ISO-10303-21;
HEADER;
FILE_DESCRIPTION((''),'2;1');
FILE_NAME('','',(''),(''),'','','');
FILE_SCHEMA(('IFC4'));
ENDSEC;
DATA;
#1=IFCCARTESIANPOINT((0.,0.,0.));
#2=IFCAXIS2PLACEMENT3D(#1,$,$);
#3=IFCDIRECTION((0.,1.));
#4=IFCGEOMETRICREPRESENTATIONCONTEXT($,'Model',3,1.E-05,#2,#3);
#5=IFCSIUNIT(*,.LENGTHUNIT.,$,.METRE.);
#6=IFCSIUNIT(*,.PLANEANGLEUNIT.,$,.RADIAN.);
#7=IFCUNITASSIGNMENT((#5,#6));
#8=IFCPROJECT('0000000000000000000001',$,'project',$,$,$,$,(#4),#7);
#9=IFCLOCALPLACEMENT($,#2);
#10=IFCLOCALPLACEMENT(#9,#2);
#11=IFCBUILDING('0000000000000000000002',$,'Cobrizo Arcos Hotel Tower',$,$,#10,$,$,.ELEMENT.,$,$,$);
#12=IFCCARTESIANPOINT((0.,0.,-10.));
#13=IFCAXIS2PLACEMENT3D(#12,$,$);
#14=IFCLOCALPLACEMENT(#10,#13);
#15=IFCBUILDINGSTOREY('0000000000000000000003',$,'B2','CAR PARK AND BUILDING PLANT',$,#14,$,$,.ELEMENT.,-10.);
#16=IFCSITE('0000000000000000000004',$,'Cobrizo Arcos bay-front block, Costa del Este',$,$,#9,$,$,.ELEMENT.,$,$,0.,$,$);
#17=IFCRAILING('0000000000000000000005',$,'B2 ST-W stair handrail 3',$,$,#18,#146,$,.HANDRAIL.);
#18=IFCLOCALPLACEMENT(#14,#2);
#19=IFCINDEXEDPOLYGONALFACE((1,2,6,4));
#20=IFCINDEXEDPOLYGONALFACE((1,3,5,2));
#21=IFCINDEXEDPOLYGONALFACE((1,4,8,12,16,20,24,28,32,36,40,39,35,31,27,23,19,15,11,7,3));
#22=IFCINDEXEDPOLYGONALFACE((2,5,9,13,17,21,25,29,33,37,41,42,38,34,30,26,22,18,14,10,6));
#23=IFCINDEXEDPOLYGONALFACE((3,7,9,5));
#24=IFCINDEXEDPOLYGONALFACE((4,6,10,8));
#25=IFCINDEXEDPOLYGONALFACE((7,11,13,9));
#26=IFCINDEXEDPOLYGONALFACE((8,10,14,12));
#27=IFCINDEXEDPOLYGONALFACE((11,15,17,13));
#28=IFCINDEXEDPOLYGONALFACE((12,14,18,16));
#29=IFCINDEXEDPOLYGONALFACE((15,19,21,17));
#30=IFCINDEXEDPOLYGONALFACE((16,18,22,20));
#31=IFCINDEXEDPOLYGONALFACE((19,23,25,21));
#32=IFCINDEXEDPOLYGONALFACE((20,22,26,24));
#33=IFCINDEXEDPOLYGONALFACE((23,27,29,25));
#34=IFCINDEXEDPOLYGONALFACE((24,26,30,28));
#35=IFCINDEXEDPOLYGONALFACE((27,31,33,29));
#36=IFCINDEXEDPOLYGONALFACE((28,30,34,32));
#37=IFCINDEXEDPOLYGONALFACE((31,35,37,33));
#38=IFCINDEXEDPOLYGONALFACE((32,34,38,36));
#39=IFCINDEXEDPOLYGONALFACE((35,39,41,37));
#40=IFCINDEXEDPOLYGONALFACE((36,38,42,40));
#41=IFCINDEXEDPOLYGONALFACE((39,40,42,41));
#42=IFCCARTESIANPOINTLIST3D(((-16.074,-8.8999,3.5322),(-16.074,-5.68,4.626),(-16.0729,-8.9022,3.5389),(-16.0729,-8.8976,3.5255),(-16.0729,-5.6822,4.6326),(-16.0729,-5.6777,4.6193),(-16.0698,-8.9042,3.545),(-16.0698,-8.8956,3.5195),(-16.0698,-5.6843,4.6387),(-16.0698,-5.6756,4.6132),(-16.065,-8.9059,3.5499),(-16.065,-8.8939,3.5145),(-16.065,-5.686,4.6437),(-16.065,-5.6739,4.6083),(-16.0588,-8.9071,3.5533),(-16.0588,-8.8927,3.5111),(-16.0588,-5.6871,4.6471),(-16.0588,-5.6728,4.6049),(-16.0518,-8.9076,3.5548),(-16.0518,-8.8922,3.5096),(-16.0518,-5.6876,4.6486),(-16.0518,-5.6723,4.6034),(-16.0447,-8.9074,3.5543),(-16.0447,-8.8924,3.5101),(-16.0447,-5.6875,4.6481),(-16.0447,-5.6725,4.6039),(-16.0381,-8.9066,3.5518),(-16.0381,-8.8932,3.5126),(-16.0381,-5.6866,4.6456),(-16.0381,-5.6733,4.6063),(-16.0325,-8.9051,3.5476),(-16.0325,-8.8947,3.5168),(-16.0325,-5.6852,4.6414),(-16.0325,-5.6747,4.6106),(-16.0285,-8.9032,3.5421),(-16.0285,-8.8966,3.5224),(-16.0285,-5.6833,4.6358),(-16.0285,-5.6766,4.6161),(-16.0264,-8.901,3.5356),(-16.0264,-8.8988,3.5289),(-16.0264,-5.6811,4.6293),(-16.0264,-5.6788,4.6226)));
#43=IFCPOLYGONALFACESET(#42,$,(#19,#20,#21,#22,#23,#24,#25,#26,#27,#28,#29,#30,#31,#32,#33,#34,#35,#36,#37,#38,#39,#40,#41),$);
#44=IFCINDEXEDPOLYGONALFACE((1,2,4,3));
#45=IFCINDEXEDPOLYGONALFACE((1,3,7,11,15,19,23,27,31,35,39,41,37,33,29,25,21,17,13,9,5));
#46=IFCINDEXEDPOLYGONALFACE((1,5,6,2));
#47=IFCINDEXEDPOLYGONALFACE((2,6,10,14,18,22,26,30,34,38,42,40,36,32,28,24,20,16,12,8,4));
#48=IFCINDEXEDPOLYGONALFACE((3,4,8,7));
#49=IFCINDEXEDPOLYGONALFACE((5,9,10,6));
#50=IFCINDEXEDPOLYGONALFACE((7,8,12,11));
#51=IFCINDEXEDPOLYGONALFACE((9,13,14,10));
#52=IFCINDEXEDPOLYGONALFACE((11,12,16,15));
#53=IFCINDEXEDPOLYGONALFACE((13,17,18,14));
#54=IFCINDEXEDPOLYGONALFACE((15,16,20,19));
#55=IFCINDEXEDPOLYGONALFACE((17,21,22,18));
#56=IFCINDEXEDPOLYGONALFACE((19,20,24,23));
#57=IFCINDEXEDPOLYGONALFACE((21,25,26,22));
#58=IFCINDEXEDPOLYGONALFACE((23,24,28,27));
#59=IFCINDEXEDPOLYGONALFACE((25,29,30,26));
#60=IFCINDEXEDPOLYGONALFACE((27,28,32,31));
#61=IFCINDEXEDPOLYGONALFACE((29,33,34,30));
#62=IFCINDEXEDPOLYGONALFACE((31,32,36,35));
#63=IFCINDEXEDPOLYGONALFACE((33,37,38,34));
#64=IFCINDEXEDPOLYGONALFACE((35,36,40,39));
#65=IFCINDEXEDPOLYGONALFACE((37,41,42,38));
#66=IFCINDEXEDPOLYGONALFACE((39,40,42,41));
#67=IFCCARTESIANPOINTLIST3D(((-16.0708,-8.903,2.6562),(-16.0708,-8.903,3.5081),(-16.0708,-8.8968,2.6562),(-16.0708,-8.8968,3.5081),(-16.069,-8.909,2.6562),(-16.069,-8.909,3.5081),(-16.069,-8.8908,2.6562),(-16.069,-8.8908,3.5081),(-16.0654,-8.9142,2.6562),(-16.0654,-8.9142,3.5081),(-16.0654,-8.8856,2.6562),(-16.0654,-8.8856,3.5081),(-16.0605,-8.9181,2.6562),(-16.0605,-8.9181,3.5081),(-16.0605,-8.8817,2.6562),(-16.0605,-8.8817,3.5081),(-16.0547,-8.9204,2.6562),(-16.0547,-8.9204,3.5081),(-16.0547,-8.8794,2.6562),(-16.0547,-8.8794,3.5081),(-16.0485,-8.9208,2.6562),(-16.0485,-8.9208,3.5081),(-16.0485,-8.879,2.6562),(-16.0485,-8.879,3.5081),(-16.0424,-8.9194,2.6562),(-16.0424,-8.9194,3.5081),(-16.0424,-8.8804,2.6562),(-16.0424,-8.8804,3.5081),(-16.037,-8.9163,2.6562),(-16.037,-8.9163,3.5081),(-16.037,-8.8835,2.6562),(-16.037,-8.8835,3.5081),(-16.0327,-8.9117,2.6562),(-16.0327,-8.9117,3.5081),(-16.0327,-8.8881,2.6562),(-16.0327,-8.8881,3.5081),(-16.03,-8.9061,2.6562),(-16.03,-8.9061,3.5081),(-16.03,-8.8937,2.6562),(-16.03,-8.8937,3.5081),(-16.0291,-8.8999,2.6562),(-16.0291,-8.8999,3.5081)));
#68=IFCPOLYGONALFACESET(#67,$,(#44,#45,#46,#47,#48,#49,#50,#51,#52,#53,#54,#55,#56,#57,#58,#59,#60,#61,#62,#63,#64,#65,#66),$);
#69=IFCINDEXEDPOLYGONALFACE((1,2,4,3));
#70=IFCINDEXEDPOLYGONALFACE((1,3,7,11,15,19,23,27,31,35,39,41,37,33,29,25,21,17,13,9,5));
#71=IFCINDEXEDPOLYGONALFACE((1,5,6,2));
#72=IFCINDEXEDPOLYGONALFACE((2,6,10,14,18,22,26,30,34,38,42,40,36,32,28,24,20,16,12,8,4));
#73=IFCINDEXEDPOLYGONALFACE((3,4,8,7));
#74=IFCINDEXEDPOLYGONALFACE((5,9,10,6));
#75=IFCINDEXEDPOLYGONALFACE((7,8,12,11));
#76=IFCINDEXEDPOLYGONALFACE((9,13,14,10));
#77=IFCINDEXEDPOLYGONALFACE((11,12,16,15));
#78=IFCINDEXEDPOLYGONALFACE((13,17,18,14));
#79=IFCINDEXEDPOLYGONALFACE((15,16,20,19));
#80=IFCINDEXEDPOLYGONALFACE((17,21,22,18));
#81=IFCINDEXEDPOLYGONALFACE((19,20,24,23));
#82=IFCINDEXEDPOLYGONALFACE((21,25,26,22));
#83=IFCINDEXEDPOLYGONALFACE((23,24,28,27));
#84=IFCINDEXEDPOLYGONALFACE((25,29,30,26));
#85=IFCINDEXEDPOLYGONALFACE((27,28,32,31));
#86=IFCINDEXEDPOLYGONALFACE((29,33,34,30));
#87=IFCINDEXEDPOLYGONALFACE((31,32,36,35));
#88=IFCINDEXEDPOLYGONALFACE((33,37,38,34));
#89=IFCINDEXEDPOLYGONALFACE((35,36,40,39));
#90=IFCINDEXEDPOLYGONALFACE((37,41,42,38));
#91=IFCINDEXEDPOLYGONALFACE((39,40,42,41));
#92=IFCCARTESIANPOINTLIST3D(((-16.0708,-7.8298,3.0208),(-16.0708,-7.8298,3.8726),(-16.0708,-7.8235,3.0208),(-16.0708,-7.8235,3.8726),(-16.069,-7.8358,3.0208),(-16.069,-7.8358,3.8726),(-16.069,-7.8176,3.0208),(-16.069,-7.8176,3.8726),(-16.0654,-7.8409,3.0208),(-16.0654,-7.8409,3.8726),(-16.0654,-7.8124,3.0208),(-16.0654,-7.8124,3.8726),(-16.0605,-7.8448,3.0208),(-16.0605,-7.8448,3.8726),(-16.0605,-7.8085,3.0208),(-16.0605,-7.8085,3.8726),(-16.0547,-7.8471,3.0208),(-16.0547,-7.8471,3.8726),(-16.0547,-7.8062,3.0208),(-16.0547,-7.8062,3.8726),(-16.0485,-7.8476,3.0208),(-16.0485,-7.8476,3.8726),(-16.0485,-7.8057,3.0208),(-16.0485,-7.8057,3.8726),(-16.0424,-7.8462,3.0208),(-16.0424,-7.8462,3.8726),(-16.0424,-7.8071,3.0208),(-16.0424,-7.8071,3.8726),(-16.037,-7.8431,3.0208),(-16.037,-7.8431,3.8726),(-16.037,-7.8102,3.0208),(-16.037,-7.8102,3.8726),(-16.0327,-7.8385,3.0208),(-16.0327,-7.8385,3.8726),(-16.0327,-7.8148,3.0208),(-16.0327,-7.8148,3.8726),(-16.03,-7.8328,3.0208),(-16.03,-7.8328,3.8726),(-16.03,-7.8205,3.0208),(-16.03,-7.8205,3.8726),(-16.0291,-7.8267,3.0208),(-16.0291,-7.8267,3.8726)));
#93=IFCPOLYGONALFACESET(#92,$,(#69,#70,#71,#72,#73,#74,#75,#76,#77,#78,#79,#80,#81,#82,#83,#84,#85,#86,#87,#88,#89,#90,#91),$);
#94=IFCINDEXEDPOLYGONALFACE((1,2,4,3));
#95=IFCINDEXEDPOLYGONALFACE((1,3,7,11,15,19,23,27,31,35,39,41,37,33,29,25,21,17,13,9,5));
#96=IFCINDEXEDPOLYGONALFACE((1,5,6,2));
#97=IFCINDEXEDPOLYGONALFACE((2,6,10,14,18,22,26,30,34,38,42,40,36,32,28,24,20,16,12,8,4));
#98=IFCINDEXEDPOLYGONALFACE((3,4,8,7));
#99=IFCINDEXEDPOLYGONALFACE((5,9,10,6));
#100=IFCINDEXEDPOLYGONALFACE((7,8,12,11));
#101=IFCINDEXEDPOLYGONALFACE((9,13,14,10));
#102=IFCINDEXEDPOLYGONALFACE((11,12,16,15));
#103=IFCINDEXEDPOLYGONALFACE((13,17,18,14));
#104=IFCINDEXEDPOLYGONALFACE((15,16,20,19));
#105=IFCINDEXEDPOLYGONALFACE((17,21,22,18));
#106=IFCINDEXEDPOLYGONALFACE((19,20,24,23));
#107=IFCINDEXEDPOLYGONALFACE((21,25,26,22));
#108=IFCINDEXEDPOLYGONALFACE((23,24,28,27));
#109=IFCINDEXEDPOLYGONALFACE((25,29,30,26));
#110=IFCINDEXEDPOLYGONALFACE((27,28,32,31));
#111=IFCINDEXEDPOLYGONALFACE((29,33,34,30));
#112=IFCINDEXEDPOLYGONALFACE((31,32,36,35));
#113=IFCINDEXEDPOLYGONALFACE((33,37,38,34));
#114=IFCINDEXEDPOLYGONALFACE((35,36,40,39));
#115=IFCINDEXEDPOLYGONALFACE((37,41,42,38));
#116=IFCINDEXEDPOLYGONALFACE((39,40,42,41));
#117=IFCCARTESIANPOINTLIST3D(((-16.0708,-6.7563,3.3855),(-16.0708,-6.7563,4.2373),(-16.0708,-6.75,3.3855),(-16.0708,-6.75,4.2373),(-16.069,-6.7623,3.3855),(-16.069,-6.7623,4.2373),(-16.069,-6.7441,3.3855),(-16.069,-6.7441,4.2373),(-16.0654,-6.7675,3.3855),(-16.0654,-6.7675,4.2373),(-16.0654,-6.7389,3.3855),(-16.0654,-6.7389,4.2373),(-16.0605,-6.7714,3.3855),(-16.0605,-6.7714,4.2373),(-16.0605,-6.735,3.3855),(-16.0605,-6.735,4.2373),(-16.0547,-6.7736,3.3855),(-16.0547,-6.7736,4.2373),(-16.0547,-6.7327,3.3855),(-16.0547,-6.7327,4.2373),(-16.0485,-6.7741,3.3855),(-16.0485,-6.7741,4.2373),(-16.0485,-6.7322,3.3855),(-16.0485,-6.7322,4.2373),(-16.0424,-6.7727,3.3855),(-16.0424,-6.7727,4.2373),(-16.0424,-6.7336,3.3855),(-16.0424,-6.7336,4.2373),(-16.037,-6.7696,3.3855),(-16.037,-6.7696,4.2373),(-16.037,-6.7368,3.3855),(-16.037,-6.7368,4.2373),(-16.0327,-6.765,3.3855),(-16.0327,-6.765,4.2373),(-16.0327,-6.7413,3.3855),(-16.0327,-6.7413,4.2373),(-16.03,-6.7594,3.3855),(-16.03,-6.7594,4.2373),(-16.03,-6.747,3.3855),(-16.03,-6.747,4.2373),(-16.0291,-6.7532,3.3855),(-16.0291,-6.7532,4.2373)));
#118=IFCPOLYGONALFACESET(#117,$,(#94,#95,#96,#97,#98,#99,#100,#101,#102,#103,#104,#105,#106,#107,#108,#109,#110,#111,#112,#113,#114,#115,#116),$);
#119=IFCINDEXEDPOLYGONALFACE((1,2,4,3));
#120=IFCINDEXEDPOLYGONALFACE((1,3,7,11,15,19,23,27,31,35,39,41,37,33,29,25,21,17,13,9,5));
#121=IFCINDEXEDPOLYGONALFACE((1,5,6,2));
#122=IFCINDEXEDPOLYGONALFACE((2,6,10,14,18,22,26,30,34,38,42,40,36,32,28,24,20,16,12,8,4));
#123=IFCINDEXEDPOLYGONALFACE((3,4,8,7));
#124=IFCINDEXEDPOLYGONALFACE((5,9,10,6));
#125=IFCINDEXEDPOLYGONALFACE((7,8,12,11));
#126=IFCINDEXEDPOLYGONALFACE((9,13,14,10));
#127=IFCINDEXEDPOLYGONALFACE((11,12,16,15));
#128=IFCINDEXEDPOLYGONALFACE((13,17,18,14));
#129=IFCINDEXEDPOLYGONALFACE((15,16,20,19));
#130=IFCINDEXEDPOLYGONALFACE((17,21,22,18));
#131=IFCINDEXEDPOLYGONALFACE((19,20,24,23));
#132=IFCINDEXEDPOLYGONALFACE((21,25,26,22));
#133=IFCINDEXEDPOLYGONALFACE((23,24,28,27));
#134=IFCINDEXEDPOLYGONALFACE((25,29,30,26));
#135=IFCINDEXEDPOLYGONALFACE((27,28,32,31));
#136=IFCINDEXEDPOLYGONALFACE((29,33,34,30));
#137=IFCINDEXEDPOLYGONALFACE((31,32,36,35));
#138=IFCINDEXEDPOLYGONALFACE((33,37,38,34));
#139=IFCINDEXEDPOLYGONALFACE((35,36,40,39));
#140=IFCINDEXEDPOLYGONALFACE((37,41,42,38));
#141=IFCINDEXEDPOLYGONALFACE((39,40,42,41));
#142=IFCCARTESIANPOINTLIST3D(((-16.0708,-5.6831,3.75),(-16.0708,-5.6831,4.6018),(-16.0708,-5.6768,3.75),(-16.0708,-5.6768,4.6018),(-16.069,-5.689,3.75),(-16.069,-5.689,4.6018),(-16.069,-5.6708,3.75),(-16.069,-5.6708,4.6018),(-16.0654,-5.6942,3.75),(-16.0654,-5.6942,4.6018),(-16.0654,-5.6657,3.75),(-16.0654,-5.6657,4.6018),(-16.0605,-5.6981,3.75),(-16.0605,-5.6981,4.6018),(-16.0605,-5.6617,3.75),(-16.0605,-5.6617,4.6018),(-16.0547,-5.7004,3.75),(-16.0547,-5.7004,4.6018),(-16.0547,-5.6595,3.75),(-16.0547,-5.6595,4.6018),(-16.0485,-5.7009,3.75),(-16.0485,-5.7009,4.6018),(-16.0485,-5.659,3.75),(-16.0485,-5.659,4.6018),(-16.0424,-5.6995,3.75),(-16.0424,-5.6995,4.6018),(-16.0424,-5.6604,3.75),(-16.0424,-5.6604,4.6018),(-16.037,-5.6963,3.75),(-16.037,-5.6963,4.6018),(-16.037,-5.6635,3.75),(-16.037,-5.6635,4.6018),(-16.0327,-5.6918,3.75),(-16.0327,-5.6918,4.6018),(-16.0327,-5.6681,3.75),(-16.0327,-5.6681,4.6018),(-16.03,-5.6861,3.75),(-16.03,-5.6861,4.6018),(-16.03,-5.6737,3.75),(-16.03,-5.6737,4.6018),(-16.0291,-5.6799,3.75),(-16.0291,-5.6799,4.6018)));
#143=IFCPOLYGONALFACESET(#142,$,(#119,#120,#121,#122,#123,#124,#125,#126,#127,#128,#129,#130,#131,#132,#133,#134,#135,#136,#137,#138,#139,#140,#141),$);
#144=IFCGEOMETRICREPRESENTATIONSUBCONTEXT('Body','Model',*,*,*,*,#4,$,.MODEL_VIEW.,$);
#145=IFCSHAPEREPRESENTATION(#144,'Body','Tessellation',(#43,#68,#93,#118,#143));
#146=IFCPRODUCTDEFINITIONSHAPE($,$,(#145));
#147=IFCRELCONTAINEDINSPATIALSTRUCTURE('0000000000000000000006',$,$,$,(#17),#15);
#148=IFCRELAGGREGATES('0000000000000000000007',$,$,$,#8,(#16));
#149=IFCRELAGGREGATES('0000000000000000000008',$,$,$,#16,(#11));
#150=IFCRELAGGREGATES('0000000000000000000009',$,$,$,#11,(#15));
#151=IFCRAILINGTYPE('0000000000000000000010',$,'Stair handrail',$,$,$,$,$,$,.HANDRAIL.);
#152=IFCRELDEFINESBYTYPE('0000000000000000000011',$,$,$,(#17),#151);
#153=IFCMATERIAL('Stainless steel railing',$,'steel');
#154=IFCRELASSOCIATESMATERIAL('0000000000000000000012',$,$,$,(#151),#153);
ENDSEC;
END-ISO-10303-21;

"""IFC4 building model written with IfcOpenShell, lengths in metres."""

from ifc_helpers import new_model, si_unit, direction, frame, origin, origin_2d, place, context, subcontext, project, spatial, circle, extrude, material, type_object, element, save


model = new_model("IFC4")

# Units and contexts
model_context = context("Model", 3, precision=1e-05, world=origin(), true_north=direction((0.0, 1.0)))
body_context = subcontext(model_context, "Body", "Model", "MODEL_VIEW")
ifc_project = project(units=[si_unit("LENGTHUNIT", "METRE"), si_unit("PLANEANGLEUNIT", "RADIAN")], contexts=[model_context])

# Site, building, storey
site_placement = place(None, origin())
site = spatial("IfcSite", under=ifc_project, at=site_placement, Name="Cobrizo Arcos bay-front block, Costa del Este", CompositionType="ELEMENT", RefElevation=0.0)
building_placement = place(site_placement, origin())
building = spatial("IfcBuilding", under=site, at=building_placement, Name="Cobrizo Arcos Hotel Tower", CompositionType="ELEMENT")
storey_placement = place(building_placement, frame((0.0, 0.0, -10.0)))
storey = spatial("IfcBuildingStorey", under=building, at=storey_placement, Name="B2", Description="CAR PARK AND BUILDING PLANT", CompositionType="ELEMENT", Elevation=-10.0)

# Railing
ifc_material_1 = material(Name="Stainless steel railing", Category="steel")
railing_type_1 = type_object("IfcRailingType", Name="Stair handrail", PredefinedType="HANDRAIL", material=ifc_material_1)
for number, where, name in (
    (1, (-16.05, -8.8999, 2.6562), "B2 ST-W stair handrail 3"),
):
    element("IfcRailing", number, at=place(storey_placement, frame(where)), inside=storey, type_object=railing_type_1, Name=name, PredefinedType="HANDRAIL", context=body_context, shape_type="SweptSolid", body=[
        extrude(circle(Radius=0.0239, at=origin_2d()), frame((0.0, 0.0, 0.876), z_axis=(0.0, 0.946866, 0.321629), x_axis=(-1.0, 0.0, 0.0)), (0.0, 0.0, 1.0), 3.4006),
        extrude(circle(Radius=0.021, at=origin_2d()), origin(), (0.0, 0.0, 1.0), 0.8518),
        extrude(circle(Radius=0.021, at=origin_2d()), frame((0.0, 1.0732, 0.3645)), (0.0, 0.0, 1.0), 0.8518),
        extrude(circle(Radius=0.021, at=origin_2d()), frame((0.0, 2.1467, 0.7292)), (0.0, 0.0, 1.0), 0.8518),
        extrude(circle(Radius=0.021, at=origin_2d()), frame((0.0, 3.22, 1.0938)), (0.0, 0.0, 1.0), 0.8518),
    ])

save(model, "model.ifc")
